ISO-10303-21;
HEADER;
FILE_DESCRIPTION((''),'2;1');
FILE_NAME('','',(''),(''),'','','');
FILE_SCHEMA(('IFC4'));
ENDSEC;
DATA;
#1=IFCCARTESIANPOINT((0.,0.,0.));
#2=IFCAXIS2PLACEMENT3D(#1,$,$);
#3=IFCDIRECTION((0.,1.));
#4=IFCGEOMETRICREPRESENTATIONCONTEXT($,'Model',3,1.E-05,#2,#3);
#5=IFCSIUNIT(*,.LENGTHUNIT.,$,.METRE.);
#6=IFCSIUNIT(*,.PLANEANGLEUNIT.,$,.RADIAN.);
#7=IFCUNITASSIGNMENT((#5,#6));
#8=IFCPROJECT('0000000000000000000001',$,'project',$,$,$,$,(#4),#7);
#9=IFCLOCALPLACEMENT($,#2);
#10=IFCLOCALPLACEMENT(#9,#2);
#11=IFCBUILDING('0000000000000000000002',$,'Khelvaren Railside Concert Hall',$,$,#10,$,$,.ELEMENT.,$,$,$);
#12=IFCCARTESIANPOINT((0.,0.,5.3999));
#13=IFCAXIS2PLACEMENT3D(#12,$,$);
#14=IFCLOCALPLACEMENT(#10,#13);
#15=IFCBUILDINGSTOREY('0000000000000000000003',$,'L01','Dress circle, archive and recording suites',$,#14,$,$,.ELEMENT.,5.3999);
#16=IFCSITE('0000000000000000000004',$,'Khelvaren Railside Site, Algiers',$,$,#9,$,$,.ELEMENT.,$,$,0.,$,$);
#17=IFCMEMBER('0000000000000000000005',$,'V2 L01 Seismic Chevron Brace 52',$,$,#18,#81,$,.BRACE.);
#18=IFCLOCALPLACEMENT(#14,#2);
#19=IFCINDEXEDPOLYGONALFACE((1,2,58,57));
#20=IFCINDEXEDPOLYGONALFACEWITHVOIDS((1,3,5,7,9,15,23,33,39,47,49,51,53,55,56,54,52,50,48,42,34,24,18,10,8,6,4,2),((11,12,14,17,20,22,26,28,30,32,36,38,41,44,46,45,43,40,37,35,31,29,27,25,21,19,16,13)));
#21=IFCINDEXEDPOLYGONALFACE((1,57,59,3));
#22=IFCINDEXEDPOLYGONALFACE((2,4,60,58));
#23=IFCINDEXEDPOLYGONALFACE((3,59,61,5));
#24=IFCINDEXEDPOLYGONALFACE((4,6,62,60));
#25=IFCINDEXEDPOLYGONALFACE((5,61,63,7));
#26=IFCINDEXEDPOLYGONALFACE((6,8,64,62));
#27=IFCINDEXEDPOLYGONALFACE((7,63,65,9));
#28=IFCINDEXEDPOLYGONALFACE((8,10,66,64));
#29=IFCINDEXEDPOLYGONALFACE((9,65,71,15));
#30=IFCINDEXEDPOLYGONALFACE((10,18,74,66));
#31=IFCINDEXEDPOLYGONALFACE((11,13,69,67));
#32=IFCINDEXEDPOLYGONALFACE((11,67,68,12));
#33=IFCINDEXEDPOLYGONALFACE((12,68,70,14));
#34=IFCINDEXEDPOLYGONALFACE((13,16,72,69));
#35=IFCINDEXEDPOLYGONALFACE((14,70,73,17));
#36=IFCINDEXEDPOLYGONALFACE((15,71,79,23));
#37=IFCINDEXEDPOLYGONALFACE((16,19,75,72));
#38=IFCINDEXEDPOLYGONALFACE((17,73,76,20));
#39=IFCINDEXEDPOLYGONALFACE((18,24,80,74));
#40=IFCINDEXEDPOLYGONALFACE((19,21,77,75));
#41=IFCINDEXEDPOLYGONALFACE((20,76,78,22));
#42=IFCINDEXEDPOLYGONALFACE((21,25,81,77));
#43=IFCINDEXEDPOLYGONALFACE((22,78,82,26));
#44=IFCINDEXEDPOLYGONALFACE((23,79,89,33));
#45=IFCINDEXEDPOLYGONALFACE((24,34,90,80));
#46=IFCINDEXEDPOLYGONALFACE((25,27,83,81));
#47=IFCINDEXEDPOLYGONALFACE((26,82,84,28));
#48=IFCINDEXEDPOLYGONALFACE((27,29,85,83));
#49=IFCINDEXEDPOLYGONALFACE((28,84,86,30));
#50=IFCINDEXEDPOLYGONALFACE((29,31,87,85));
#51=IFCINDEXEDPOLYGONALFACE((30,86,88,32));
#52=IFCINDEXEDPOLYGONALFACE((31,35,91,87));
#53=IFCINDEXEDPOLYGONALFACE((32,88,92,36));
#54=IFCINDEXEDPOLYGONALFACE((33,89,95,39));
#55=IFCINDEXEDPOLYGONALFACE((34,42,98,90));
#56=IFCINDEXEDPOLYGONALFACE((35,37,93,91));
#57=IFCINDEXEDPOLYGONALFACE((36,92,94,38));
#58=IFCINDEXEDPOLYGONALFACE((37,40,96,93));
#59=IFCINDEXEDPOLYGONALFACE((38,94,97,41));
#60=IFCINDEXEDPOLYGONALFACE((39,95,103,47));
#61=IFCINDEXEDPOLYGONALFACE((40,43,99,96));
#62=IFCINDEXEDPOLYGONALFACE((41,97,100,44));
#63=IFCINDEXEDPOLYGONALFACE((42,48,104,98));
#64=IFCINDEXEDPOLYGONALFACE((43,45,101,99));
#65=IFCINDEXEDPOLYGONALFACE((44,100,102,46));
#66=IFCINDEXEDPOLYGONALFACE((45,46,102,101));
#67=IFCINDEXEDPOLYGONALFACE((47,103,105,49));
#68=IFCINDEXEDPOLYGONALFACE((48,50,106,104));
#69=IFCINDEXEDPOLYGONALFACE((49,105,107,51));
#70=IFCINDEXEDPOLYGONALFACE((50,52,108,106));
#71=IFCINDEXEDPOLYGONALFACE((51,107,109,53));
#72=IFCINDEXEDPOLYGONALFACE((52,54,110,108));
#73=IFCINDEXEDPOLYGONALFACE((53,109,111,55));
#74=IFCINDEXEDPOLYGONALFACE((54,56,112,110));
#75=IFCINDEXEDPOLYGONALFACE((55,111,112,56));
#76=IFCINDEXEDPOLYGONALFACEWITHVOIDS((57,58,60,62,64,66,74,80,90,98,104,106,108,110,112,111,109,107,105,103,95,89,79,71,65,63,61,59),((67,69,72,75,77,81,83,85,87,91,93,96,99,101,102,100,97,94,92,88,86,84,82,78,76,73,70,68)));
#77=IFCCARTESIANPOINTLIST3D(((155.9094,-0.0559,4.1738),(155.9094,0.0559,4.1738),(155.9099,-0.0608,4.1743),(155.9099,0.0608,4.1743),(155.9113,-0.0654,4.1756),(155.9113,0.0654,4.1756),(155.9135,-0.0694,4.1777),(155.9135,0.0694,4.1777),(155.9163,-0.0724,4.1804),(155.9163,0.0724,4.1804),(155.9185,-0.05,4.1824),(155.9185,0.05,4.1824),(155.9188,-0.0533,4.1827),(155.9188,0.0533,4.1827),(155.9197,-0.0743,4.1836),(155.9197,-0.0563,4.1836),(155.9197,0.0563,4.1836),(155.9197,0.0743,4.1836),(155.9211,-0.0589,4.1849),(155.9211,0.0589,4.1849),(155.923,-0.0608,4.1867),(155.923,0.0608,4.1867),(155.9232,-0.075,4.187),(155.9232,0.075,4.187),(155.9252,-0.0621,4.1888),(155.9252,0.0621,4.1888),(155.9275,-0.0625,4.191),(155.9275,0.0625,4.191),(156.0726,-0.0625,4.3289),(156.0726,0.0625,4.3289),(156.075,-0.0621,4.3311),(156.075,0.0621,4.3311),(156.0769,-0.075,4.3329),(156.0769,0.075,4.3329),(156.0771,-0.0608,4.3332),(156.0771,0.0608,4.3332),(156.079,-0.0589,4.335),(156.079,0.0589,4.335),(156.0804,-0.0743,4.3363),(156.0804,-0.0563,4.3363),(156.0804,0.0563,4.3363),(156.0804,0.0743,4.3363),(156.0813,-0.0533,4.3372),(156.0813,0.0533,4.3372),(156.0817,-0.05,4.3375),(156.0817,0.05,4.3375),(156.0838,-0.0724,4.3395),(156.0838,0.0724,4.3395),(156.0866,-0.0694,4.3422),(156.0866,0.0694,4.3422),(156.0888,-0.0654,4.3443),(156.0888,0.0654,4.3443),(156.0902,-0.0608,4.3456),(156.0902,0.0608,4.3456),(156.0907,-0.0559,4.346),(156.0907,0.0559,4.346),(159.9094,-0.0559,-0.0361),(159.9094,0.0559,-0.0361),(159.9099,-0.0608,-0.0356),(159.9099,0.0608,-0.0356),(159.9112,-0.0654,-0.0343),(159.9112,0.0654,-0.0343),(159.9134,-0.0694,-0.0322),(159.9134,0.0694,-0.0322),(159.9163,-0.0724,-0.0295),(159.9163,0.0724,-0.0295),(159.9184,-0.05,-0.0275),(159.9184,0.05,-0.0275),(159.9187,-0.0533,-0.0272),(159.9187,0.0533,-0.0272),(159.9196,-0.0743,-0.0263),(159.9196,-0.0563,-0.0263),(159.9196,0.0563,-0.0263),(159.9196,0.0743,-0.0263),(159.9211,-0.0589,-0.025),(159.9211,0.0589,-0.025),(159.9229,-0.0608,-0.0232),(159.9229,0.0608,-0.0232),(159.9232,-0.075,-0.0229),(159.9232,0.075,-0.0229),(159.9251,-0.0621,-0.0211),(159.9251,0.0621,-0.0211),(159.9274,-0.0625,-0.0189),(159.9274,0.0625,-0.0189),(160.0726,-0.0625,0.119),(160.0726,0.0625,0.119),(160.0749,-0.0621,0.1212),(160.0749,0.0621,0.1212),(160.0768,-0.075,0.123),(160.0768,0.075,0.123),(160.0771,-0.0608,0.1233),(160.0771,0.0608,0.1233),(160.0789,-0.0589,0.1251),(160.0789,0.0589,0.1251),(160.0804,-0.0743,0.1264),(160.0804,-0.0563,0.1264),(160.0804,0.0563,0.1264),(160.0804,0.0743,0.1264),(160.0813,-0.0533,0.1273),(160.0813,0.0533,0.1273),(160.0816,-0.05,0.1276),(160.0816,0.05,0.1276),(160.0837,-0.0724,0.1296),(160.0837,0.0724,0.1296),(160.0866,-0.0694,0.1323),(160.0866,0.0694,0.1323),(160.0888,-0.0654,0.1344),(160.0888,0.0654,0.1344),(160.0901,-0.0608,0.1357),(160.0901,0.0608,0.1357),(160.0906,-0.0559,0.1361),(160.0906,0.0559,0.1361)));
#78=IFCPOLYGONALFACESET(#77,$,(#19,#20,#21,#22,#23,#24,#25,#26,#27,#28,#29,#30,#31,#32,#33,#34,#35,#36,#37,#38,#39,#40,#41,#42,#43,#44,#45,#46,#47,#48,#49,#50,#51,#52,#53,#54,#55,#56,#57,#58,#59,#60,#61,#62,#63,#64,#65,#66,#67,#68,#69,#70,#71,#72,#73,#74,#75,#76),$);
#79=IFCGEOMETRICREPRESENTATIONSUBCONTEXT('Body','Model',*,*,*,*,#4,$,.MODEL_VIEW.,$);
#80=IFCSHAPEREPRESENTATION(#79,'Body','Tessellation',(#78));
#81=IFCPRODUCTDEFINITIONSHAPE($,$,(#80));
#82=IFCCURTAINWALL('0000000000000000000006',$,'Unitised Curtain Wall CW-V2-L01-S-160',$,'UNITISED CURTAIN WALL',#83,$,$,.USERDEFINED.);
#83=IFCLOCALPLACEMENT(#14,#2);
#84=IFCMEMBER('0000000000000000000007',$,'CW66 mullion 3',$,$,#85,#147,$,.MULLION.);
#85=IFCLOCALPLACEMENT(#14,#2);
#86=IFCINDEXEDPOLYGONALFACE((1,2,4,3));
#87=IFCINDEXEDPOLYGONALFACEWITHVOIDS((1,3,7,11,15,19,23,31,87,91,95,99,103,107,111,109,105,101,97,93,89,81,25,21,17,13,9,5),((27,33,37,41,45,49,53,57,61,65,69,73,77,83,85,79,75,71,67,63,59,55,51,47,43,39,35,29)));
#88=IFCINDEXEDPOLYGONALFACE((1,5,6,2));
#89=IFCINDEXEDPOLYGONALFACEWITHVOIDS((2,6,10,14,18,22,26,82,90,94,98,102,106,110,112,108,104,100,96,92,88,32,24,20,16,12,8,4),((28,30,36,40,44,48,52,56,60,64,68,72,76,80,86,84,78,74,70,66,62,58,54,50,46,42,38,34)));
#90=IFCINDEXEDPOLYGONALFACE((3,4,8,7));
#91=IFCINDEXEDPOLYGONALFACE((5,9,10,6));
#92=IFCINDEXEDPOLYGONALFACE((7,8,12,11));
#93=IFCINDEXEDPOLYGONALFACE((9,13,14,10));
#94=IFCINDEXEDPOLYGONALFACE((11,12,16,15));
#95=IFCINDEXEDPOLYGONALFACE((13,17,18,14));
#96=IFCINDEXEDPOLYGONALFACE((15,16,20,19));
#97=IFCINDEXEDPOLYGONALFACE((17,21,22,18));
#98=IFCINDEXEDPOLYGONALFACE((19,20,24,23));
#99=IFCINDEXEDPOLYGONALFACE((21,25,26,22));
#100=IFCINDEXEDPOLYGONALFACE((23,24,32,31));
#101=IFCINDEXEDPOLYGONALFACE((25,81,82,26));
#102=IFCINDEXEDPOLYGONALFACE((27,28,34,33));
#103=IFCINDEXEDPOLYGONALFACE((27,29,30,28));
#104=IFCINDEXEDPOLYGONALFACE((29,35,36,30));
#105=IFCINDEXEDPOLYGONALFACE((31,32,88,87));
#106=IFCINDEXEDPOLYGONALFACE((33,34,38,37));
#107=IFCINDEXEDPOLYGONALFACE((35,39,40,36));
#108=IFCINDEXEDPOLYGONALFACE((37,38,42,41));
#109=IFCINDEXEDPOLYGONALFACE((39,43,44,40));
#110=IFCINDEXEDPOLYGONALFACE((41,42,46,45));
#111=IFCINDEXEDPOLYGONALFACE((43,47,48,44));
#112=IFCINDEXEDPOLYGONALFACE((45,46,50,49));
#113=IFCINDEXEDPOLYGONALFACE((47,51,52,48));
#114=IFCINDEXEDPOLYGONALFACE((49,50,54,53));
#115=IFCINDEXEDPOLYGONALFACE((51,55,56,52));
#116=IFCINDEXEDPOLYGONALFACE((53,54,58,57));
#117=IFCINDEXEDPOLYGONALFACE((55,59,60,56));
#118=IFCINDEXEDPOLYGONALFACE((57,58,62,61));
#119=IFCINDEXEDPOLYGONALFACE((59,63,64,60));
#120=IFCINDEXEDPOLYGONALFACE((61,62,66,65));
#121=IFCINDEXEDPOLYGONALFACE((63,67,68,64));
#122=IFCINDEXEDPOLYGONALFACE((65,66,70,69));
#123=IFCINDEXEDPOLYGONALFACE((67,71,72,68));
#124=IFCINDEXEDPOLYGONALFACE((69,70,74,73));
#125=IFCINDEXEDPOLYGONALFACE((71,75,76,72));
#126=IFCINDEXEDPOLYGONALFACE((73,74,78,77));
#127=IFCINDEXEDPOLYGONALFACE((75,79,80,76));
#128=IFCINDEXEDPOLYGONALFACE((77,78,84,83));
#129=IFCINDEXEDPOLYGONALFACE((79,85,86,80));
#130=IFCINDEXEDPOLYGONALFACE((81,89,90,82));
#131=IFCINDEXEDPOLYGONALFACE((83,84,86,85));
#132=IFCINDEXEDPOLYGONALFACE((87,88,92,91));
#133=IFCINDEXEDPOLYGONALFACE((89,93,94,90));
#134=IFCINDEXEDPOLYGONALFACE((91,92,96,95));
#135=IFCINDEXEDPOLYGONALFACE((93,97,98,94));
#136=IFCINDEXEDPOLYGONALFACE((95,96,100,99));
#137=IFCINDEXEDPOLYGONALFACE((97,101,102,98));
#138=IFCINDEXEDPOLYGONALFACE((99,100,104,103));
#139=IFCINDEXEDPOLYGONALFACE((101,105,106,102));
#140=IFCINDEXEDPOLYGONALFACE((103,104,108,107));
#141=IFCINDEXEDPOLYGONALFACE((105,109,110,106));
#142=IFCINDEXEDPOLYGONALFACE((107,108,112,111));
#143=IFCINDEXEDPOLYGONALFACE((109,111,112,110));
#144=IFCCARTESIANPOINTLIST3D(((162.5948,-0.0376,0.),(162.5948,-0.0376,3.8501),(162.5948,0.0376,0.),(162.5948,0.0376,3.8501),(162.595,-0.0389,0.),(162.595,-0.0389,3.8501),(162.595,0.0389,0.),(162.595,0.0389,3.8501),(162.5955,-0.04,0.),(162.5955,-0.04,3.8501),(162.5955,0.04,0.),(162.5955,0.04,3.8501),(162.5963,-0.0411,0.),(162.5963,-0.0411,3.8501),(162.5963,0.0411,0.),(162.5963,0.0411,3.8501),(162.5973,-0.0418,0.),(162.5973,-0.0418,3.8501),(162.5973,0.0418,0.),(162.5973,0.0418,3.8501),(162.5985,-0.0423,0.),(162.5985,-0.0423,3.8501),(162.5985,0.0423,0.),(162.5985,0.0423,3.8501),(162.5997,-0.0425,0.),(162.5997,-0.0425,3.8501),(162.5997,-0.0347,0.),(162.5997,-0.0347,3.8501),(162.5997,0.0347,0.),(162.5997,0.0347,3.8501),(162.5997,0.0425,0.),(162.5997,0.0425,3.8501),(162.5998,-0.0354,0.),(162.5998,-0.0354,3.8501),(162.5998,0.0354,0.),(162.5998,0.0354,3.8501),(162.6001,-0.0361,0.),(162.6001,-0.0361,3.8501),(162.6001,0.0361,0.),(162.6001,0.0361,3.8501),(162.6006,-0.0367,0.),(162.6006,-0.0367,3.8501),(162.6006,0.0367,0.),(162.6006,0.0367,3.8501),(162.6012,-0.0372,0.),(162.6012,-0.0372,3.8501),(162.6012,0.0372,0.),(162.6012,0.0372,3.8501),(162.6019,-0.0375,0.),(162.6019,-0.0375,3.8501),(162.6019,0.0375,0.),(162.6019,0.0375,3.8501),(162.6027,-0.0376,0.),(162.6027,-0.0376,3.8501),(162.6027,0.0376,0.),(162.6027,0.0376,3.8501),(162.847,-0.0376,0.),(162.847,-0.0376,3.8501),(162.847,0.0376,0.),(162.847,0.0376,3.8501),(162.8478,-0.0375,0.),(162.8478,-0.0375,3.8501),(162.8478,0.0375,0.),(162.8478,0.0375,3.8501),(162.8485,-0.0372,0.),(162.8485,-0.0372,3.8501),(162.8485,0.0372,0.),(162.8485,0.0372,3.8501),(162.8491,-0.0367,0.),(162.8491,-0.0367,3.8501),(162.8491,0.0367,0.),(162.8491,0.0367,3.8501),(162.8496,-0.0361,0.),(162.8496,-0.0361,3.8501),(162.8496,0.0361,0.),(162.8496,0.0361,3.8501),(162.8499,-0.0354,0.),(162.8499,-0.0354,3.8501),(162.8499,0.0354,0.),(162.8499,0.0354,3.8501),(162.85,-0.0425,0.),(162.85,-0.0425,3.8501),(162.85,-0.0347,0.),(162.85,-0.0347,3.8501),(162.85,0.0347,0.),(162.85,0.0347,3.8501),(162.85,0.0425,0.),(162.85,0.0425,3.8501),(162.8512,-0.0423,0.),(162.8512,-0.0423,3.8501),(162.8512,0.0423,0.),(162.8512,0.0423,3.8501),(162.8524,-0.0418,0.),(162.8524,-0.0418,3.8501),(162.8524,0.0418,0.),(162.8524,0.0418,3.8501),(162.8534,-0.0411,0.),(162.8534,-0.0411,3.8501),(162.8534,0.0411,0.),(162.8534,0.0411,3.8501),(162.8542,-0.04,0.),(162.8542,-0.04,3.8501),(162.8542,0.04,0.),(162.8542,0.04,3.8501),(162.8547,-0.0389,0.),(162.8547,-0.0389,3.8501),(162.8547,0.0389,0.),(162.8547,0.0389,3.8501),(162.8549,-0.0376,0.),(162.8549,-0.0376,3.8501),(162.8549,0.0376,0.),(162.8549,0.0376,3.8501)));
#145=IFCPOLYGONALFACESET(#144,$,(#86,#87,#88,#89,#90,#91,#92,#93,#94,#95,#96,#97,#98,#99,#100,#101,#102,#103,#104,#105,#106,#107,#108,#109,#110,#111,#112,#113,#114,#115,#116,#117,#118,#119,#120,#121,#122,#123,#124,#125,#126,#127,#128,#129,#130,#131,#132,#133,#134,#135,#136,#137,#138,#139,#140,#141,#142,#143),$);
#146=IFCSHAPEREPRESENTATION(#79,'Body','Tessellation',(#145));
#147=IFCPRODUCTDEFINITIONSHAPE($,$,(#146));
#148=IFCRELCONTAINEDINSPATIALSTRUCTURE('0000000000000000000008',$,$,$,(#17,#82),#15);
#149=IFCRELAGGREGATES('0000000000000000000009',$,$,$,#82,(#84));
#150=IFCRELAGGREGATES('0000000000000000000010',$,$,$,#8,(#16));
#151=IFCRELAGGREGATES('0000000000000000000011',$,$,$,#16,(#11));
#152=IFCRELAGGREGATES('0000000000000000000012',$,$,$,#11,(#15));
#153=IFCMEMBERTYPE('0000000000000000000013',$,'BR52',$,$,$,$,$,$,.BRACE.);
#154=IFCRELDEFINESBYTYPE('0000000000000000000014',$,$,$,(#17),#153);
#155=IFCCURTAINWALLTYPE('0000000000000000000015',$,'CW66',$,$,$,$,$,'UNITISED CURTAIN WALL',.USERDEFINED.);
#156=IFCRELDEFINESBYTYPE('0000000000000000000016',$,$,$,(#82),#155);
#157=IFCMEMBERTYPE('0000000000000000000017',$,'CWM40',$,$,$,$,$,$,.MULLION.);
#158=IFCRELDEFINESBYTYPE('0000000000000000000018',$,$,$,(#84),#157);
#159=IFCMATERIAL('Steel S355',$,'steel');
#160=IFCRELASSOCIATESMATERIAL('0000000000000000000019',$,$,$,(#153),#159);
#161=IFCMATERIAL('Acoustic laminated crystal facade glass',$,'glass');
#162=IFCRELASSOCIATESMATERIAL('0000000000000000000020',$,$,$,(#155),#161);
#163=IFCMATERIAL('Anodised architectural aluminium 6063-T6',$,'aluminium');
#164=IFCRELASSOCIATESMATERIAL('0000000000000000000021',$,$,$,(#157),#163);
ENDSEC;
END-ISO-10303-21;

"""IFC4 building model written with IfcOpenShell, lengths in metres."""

from ifc_helpers import new_model, si_unit, direction, frame, origin, origin_2d, place, context, subcontext, project, spatial, hollow_rectangle, extrude, material, material_profile, profile_set, type_object, element, aggregate, save


model = new_model("IFC4")

# Units and contexts
model_context = context("Model", 3, precision=1e-05, world=origin(), true_north=direction((0.0, 1.0)))
body_context = subcontext(model_context, "Body", "Model", "MODEL_VIEW")
ifc_project = project(units=[si_unit("LENGTHUNIT", "METRE"), si_unit("PLANEANGLEUNIT", "RADIAN")], contexts=[model_context])

# Site, building, storey
site_placement = place(None, origin())
site = spatial("IfcSite", under=ifc_project, at=site_placement, Name="Khelvaren Railside Site, Algiers", CompositionType="ELEMENT", RefElevation=0.0)
building_placement = place(site_placement, origin())
building = spatial("IfcBuilding", under=site, at=building_placement, Name="Khelvaren Railside Concert Hall", CompositionType="ELEMENT")
storey_placement = place(building_placement, frame((0.0, 0.0, 5.3999)))
storey = spatial("IfcBuildingStorey", under=building, at=storey_placement, Name="L01", Description="Dress circle, archive and recording suites", CompositionType="ELEMENT", Elevation=5.3999)

# Shared definitions
ifc_material_1 = material(Name="Steel S355", Category="steel")

# Member
ifc_material_profile_1 = material_profile(ifc_material_1, hollow_rectangle(XDim=0.1499, YDim=0.25, WallThickness=0.0125, InnerFilletRadius=0.0125, OuterFilletRadius=0.019, at=origin_2d()), Name="RHS 250x150x12.5")
ifc_profile_set_1 = profile_set([ifc_material_profile_1], Name="Steel S355")
member_type_1 = type_object("IfcMemberType", Name="BR52", PredefinedType="BRACE", material=ifc_profile_set_1)
for number, where, z_axis, x_axis, name in (
    (1, (160.0, 0.0, 0.05), (-0.688798, 0.0, 0.724953), (0.0, -1.0, 0.0), "V2 L01 Seismic Chevron Brace 52"),
):
    element("IfcMember", number, at=place(storey_placement, frame(where, z_axis=z_axis, x_axis=x_axis)), inside=storey, type_object=member_type_1, Name=name, PredefinedType="BRACE", context=body_context, shape_type="SweptSolid", body=[
        extrude(hollow_rectangle(XDim=0.1499, YDim=0.25, WallThickness=0.0125, InnerFilletRadius=0.0125, OuterFilletRadius=0.019, at=origin_2d()), origin(), (0.0, 0.0, 1.0), 5.8071),
    ])

# Curtain wall, member
ifc_material_2 = material(Name="Acoustic laminated crystal facade glass", Category="glass")
curtain_wall_type = type_object("IfcCurtainWallType", Name="CW66", ElementType="UNITISED CURTAIN WALL", PredefinedType="USERDEFINED", material=ifc_material_2)
curtain_wall_placement = place(storey_placement, origin())
curtain_wall = element("IfcCurtainWall", 2, at=curtain_wall_placement, inside=storey, type_object=curtain_wall_type, Name="Unitised Curtain Wall CW-V2-L01-S-160", ObjectType="UNITISED CURTAIN WALL", PredefinedType="USERDEFINED")
ifc_material_3 = material(Name="Anodised architectural aluminium 6063-T6", Category="aluminium")
ifc_material_profile_2 = material_profile(ifc_material_3, hollow_rectangle(XDim=0.085, YDim=0.26, WallThickness=0.0049, InnerFilletRadius=0.0029, OuterFilletRadius=0.0049, at=origin_2d()), Name="CWM 85x260x5")
ifc_profile_set_2 = profile_set([ifc_material_profile_2], Name="Anodised architectural aluminium 6063-T6")
member_type_2 = type_object("IfcMemberType", Name="CWM40", PredefinedType="MULLION", material=ifc_profile_set_2)
member_1_placement = place(storey_placement, frame((162.7249, 0.0, 0.0), z_axis=(0.0, 0.0, 1.0), x_axis=(0.0, -1.0, 0.0)))
member_1 = element("IfcMember", 3, at=member_1_placement, type_object=member_type_2, Name="CW66 mullion 3", PredefinedType="MULLION", context=body_context, shape_type="SweptSolid", body=[
    extrude(hollow_rectangle(XDim=0.085, YDim=0.26, WallThickness=0.0049, InnerFilletRadius=0.0029, OuterFilletRadius=0.0049, at=origin_2d()), origin(), (0.0, 0.0, 1.0), 3.8501),
])

aggregate(curtain_wall, [member_1])

save(model, "model.ifc")
